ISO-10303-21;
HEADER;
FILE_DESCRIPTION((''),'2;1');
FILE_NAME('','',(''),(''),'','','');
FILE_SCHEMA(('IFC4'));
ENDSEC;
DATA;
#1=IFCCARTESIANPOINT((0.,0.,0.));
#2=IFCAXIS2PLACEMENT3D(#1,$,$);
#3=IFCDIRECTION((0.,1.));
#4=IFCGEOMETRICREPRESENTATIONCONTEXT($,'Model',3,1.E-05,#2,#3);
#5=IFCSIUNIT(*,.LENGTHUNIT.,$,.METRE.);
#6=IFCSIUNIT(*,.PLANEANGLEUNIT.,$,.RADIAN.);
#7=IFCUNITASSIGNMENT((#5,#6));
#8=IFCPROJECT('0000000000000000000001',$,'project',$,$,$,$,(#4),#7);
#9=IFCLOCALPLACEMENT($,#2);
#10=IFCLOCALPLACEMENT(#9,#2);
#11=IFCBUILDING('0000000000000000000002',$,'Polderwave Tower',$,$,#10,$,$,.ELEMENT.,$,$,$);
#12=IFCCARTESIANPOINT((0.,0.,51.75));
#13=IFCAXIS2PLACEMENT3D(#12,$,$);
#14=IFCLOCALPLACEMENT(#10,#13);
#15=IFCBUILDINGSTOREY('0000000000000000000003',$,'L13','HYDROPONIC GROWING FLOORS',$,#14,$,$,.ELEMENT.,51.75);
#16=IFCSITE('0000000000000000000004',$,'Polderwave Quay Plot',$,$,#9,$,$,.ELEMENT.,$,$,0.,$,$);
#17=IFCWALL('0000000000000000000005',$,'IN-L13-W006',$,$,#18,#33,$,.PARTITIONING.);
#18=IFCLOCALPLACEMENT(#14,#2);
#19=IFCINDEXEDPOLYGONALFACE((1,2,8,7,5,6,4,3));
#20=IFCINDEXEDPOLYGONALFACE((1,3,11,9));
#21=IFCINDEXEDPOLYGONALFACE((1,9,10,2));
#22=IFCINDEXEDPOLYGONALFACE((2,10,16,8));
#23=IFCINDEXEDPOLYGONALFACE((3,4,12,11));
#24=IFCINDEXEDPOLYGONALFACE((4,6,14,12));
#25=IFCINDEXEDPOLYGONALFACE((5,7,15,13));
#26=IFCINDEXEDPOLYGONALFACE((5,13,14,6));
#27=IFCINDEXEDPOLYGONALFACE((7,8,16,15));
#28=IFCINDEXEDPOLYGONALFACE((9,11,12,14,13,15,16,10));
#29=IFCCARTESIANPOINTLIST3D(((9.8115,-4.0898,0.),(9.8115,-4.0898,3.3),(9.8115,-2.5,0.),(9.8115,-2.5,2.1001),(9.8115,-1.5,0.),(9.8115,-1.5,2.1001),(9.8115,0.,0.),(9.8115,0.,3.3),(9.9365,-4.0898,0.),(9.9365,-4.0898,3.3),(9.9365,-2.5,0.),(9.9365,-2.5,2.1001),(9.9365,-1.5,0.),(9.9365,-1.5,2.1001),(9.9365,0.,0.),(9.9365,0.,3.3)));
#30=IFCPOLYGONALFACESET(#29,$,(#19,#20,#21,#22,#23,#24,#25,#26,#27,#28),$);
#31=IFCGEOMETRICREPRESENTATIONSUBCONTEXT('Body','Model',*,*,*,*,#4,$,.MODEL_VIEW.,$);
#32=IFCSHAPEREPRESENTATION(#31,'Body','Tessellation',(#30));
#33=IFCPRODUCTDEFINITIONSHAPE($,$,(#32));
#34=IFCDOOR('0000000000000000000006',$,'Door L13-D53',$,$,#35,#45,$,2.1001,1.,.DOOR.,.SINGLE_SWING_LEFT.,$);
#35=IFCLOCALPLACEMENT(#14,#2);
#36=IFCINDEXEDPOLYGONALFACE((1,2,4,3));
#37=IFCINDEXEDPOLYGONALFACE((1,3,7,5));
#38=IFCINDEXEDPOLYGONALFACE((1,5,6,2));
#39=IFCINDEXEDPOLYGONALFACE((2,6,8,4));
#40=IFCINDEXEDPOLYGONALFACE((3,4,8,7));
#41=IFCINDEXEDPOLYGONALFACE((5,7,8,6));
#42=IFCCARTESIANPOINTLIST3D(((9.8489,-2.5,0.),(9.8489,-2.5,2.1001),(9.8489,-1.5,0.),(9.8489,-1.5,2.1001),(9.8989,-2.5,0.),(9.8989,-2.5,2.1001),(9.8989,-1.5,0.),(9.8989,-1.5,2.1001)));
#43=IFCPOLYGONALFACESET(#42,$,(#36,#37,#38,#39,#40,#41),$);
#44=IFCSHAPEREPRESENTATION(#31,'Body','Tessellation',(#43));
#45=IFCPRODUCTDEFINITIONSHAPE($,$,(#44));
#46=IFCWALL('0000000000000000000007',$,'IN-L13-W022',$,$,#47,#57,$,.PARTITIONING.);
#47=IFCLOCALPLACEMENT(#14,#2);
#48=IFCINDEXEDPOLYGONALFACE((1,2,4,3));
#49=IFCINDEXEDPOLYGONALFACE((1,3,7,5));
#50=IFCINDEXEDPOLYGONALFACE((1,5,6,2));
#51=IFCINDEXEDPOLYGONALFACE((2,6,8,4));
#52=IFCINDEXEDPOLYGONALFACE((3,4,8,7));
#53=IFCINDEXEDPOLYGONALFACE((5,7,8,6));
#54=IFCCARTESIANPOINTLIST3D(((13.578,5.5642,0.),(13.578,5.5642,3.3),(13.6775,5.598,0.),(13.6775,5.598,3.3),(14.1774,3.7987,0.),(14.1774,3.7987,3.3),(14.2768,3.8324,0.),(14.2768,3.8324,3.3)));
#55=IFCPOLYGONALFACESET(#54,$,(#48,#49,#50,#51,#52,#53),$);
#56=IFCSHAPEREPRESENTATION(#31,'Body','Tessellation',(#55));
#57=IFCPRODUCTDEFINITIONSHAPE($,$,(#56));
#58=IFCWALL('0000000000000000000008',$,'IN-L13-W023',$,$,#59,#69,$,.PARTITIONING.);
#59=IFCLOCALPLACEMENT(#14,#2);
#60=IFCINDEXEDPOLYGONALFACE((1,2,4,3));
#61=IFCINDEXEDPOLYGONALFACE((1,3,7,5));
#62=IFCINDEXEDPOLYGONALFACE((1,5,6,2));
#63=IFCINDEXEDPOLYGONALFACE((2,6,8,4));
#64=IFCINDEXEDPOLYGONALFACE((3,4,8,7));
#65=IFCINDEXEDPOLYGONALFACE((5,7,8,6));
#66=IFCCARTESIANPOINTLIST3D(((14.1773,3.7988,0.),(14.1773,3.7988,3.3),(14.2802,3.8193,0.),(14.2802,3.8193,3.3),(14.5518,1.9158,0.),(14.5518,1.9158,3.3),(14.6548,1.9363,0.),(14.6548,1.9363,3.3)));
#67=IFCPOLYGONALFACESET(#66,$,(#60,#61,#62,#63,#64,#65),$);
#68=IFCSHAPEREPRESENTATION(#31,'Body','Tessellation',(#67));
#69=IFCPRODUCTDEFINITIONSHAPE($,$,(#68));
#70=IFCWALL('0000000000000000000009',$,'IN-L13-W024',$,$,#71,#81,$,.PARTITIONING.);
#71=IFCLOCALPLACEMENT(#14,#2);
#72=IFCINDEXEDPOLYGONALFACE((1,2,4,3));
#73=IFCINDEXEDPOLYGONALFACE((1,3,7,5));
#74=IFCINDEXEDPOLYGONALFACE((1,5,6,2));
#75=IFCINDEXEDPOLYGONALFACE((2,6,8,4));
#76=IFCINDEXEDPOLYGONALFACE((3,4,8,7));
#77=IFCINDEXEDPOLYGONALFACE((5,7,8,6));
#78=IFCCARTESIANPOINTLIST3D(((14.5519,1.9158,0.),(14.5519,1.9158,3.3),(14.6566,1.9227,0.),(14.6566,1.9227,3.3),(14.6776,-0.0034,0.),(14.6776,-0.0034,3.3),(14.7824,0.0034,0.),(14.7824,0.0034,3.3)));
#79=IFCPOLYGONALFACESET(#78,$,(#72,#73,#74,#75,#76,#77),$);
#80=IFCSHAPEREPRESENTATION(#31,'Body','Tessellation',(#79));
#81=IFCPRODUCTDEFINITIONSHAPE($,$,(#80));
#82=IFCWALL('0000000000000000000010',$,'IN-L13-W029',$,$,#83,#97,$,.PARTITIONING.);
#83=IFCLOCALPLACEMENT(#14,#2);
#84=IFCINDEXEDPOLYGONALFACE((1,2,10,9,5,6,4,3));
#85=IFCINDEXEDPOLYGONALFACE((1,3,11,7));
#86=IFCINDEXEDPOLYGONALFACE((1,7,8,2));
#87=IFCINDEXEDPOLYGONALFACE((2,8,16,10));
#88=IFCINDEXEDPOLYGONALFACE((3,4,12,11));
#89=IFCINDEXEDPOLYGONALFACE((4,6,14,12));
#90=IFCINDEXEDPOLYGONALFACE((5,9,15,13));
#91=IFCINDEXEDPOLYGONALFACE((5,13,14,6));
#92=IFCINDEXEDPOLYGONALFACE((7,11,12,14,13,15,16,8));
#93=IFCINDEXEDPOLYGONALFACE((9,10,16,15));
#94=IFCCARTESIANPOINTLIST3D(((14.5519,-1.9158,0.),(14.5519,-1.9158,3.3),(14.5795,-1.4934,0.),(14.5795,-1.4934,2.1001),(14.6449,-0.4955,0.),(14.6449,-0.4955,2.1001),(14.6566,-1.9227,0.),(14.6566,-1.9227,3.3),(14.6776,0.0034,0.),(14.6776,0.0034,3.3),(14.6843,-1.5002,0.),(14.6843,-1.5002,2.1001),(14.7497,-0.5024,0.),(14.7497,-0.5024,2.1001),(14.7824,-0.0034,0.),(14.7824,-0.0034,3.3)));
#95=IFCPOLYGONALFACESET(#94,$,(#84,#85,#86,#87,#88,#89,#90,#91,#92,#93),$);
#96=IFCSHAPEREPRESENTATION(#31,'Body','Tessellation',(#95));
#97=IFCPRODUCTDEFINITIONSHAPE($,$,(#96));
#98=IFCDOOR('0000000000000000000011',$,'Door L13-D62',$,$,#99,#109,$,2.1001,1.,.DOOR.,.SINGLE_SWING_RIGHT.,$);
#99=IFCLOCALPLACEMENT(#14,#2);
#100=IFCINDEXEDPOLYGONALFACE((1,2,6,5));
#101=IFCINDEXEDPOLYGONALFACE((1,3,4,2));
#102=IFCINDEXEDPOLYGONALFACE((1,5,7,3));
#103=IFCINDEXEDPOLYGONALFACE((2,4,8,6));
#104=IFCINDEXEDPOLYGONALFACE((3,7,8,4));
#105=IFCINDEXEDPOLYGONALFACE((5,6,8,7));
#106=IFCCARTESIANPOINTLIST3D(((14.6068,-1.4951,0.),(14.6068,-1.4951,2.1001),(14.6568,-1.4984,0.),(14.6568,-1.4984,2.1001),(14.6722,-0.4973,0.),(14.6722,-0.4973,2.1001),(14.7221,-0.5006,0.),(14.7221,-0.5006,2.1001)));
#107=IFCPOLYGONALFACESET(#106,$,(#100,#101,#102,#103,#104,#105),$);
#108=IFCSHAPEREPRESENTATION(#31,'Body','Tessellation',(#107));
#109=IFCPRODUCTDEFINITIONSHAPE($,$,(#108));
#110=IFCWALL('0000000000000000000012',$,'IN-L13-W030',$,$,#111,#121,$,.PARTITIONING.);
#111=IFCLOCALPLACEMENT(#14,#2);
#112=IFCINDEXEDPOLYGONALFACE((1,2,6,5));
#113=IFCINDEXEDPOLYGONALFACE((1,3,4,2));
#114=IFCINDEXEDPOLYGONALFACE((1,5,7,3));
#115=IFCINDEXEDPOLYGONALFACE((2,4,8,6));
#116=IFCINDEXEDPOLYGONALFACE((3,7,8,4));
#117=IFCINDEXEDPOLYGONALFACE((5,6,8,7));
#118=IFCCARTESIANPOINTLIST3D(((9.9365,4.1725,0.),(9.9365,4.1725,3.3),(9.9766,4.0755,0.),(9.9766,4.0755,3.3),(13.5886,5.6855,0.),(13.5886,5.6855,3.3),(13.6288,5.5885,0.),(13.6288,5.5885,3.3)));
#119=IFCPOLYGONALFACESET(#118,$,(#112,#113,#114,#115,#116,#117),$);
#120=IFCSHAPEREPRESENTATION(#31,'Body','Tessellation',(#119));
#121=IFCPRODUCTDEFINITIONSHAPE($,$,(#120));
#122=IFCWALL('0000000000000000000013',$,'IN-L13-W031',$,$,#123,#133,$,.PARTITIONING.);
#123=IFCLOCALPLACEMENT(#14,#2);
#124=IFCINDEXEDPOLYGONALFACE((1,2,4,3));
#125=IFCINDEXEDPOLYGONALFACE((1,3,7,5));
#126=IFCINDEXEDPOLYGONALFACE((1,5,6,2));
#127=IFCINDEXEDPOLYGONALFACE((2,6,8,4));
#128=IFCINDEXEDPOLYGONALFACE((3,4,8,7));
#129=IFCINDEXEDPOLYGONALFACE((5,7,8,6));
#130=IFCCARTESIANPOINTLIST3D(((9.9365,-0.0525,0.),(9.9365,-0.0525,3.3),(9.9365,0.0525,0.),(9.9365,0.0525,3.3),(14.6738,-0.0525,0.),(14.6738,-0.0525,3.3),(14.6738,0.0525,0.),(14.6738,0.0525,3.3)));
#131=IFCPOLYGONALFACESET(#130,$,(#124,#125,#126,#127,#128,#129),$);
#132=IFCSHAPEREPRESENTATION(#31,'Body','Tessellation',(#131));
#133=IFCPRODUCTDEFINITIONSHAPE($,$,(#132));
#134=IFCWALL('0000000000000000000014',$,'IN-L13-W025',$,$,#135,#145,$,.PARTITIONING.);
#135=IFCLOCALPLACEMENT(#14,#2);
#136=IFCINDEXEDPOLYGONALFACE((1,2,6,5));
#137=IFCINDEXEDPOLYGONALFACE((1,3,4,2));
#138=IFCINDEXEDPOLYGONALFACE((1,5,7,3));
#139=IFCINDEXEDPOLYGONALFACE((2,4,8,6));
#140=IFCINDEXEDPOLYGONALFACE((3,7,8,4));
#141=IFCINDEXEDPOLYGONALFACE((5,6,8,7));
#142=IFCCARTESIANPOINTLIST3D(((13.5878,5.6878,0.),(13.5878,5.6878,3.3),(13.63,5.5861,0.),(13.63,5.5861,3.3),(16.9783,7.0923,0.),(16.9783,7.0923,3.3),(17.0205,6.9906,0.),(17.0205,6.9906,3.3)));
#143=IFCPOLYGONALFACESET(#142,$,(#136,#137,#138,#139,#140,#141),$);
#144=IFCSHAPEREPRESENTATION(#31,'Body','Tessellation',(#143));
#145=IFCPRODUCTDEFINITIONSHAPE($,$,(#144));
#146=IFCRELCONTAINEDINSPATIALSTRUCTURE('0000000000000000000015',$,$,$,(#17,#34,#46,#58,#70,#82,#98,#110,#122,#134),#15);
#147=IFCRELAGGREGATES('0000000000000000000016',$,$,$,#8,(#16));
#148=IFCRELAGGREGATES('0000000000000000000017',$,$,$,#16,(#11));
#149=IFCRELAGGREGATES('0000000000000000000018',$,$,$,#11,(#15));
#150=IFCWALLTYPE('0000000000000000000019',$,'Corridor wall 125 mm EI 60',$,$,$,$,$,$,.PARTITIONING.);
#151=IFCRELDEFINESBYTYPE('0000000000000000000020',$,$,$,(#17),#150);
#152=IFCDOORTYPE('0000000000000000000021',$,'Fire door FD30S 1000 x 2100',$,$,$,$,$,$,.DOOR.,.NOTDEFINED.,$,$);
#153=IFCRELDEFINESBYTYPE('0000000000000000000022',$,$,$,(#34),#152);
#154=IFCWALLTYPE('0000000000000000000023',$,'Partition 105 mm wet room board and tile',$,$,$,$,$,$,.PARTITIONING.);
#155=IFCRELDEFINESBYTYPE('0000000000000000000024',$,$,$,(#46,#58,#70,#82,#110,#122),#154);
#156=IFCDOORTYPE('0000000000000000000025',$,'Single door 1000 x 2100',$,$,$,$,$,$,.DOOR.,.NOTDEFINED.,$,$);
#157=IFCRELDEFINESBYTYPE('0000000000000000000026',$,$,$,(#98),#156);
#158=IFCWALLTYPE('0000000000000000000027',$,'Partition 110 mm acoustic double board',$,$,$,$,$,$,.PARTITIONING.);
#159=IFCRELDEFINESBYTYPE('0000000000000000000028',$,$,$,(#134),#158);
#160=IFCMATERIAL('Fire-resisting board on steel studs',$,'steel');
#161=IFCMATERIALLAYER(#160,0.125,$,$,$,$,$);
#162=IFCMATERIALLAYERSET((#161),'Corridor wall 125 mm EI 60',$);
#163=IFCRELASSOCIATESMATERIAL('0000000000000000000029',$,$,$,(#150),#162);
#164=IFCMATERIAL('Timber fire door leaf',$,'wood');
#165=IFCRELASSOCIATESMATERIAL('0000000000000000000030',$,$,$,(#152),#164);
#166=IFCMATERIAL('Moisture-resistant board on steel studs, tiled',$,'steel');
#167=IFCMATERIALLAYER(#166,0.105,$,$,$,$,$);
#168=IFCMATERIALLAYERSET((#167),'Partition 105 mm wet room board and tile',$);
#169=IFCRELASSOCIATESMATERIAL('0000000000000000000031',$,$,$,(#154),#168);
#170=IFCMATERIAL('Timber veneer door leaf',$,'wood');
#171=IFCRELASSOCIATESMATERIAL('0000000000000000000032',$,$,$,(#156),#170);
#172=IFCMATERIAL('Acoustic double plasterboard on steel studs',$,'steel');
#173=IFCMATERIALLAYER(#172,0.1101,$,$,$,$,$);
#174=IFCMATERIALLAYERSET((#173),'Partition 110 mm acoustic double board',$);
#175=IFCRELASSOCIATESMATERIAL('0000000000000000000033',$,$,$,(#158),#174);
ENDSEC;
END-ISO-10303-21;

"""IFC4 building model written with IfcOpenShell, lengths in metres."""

from ifc_helpers import new_model, si_unit, direction, frame, frame_2d, origin, place, context, subcontext, project, spatial, rectangle, extrude, material, layer, layer_set, type_object, element, fill, save


model = new_model("IFC4")

# Units and contexts
model_context = context("Model", 3, precision=1e-05, world=origin(), true_north=direction((0.0, 1.0)))
body_context = subcontext(model_context, "Body", "Model", "MODEL_VIEW")
ifc_project = project(units=[si_unit("LENGTHUNIT", "METRE"), si_unit("PLANEANGLEUNIT", "RADIAN")], contexts=[model_context])

# Site, building, storey
site_placement = place(None, origin())
site = spatial("IfcSite", under=ifc_project, at=site_placement, Name="Polderwave Quay Plot", CompositionType="ELEMENT", RefElevation=0.0)
building_placement = place(site_placement, origin())
building = spatial("IfcBuilding", under=site, at=building_placement, Name="Polderwave Tower", CompositionType="ELEMENT")
storey_placement = place(building_placement, frame((0.0, 0.0, 51.75)))
storey = spatial("IfcBuildingStorey", under=building, at=storey_placement, Name="L13", Description="HYDROPONIC GROWING FLOORS", CompositionType="ELEMENT", Elevation=51.75)

# Wall, opening, door
ifc_material_1 = material(Name="Fire-resisting board on steel studs", Category="steel")
ifc_layer_1 = layer(ifc_material_1, 0.125)
ifc_layer_set_1 = layer_set([ifc_layer_1], Name="Corridor wall 125 mm EI 60")
wall_type_1 = type_object("IfcWallType", Name="Corridor wall 125 mm EI 60", PredefinedType="PARTITIONING", material=ifc_layer_set_1)
ifc_material_2 = material(Name="Timber fire door leaf", Category="wood")
door_type_1 = type_object("IfcDoorType", Name="Fire door FD30S 1000 x 2100", OperationType="NOTDEFINED", PredefinedType="DOOR", material=ifc_material_2)
wall_1_placement = place(storey_placement, frame((9.874, 0.0, 0.0), z_axis=(0.0, 0.0, 1.0), x_axis=(0.0, -1.0, 0.0)))
wall_1 = element("IfcWall", 1, at=wall_1_placement, inside=storey, type_object=wall_type_1, Name="IN-L13-W006", PredefinedType="PARTITIONING", context=body_context, shape_type="SweptSolid", body=[
    extrude(rectangle(XDim=4.0898, YDim=0.125, at=frame_2d((2.0449, 0.0))), origin(), (0.0, 0.0, 1.0), 3.3),
])
opening_1_placement = place(wall_1_placement, frame((1.5, 0.0, 0.0)))
opening_1 = element("IfcOpeningElement", 2, at=opening_1_placement, cuts=wall_1, PredefinedType="OPENING", context=body_context, shape_type="SweptSolid", body=[
    extrude(rectangle(XDim=1.0, YDim=2.1001, at=frame_2d((0.5, 1.05))), frame((0.0, 0.0725, 0.0), z_axis=(0.0, -1.0, 0.0), x_axis=(1.0, 0.0, 0.0)), (0.0, 0.0, 1.0), 0.145),
])
door_1_placement = place(opening_1_placement, origin())
door_1 = element("IfcDoor", 3, at=door_1_placement, inside=storey, type_object=door_type_1, Name="Door L13-D53", OperationType="SINGLE_SWING_LEFT", OverallHeight=2.1001, OverallWidth=1.0, PredefinedType="DOOR", context=body_context, shape_type="SweptSolid", body=[
    extrude(rectangle(XDim=1.0, YDim=2.1001, at=frame_2d((0.5, 1.05))), frame((0.0, 0.0249, 0.0), z_axis=(0.0, -1.0, 0.0), x_axis=(1.0, 0.0, 0.0)), (0.0, 0.0, 1.0), 0.05),
])
fill(opening_1, door_1)

# Walls
ifc_material_3 = material(Name="Moisture-resistant board on steel studs, tiled", Category="steel")
ifc_layer_2 = layer(ifc_material_3, 0.105)
ifc_layer_set_2 = layer_set([ifc_layer_2], Name="Partition 105 mm wet room board and tile")
wall_type_2 = type_object("IfcWallType", Name="Partition 105 mm wet room board and tile", PredefinedType="PARTITIONING", material=ifc_layer_set_2)
wall_2_placement = place(storey_placement, frame((14.2271, 3.8157, 0.0), z_axis=(0.0, 0.0, 1.0), x_axis=(-0.321447, 0.946927, 0.0)))
element("IfcWall", 4, at=wall_2_placement, inside=storey, type_object=wall_type_2, Name="IN-L13-W022", PredefinedType="PARTITIONING", context=body_context, shape_type="SweptSolid", body=[
    extrude(rectangle(XDim=1.8645, YDim=0.105, at=frame_2d((0.9321, 0.0))), origin(), (0.0, 0.0, 1.0), 3.3),
])
wall_3_placement = place(storey_placement, frame((14.6033, 1.926, 0.0), z_axis=(0.0, 0.0, 1.0), x_axis=(-0.195065, 0.98079, 0.0)))
element("IfcWall", 5, at=wall_3_placement, inside=storey, type_object=wall_type_2, Name="IN-L13-W023", PredefinedType="PARTITIONING", context=body_context, shape_type="SweptSolid", body=[
    extrude(rectangle(XDim=1.9199, YDim=0.105, at=frame_2d((0.96, 0.0))), origin(), (0.0, 0.0, 1.0), 3.3),
])
wall_4_placement = place(storey_placement, frame((14.73, 0.0, 0.0), z_axis=(0.0, 0.0, 1.0), x_axis=(-0.065373, 0.997861, 0.0)))
element("IfcWall", 6, at=wall_4_placement, inside=storey, type_object=wall_type_2, Name="IN-L13-W024", PredefinedType="PARTITIONING", context=body_context, shape_type="SweptSolid", body=[
    extrude(rectangle(XDim=1.9233, YDim=0.105, at=frame_2d((0.9617, 0.0))), origin(), (0.0, 0.0, 1.0), 3.3),
])

# Wall, opening, door
wall_5_placement = place(storey_placement, frame((14.73, 0.0, 0.0), z_axis=(0.0, 0.0, 1.0), x_axis=(-0.065373, -0.997861, 0.0)))
wall_5 = element("IfcWall", 7, at=wall_5_placement, inside=storey, type_object=wall_type_2, Name="IN-L13-W029", PredefinedType="PARTITIONING", context=body_context, shape_type="SweptSolid", body=[
    extrude(rectangle(XDim=1.9233, YDim=0.105, at=frame_2d((0.9617, 0.0))), origin(), (0.0, 0.0, 1.0), 3.3),
])
opening_2_placement = place(wall_5_placement, frame((0.5, 0.0, 0.0)))
opening_2 = element("IfcOpeningElement", 8, at=opening_2_placement, cuts=wall_5, PredefinedType="OPENING", context=body_context, shape_type="SweptSolid", body=[
    extrude(rectangle(XDim=1.0, YDim=2.1001, at=frame_2d((0.5, 1.05))), frame((0.0, 0.0625, 0.0), z_axis=(0.0, -1.0, 0.0), x_axis=(1.0, 0.0, 0.0)), (0.0, 0.0, 1.0), 0.125),
])
ifc_material_4 = material(Name="Timber veneer door leaf", Category="wood")
door_type_2 = type_object("IfcDoorType", Name="Single door 1000 x 2100", OperationType="NOTDEFINED", PredefinedType="DOOR", material=ifc_material_4)
door_2_placement = place(opening_2_placement, origin())
door_2 = element("IfcDoor", 9, at=door_2_placement, inside=storey, type_object=door_type_2, Name="Door L13-D62", OperationType="SINGLE_SWING_RIGHT", OverallHeight=2.1001, OverallWidth=1.0, PredefinedType="DOOR", context=body_context, shape_type="SweptSolid", body=[
    extrude(rectangle(XDim=1.0, YDim=2.1001, at=frame_2d((0.5, 1.05))), frame((0.0, 0.0249, 0.0), z_axis=(0.0, -1.0, 0.0), x_axis=(1.0, 0.0, 0.0)), (0.0, 0.0, 1.0), 0.05),
])
fill(opening_2, door_2)

# Walls
wall_6_placement = place(storey_placement, frame((9.9565, 4.124, 0.0), z_axis=(0.0, 0.0, 1.0), x_axis=(0.923863, 0.382725, 0.0)))
element("IfcWall", 10, at=wall_6_placement, inside=storey, type_object=wall_type_2, Name="IN-L13-W030", PredefinedType="PARTITIONING", context=body_context, shape_type="SweptSolid", body=[
    extrude(rectangle(XDim=3.9531, YDim=0.105, at=frame_2d((1.9766, 0.0))), origin(), (0.0, 0.0, 1.0), 3.3),
])
wall_7_placement = place(storey_placement, frame((14.6738, 0.0, 0.0), z_axis=(0.0, 0.0, 1.0), x_axis=(-1.0, 0.0, 0.0)))
element("IfcWall", 11, at=wall_7_placement, inside=storey, type_object=wall_type_2, Name="IN-L13-W031", PredefinedType="PARTITIONING", context=body_context, shape_type="SweptSolid", body=[
    extrude(rectangle(XDim=4.7373, YDim=0.105, at=frame_2d((2.3687, 0.0))), origin(), (0.0, 0.0, 1.0), 3.3),
])
ifc_material_5 = material(Name="Acoustic double plasterboard on steel studs", Category="steel")
ifc_layer_3 = layer(ifc_material_5, 0.1101)
ifc_layer_set_3 = layer_set([ifc_layer_3], Name="Partition 110 mm acoustic double board")
wall_type_3 = type_object("IfcWallType", Name="Partition 110 mm acoustic double board", PredefinedType="PARTITIONING", material=ifc_layer_set_3)
wall_8_placement = place(storey_placement, frame((13.6089, 5.637, 0.0), z_axis=(0.0, 0.0, 1.0), x_axis=(0.92387, 0.382706, 0.0)))
element("IfcWall", 12, at=wall_8_placement, inside=storey, type_object=wall_type_3, Name="IN-L13-W025", PredefinedType="PARTITIONING", context=body_context, shape_type="SweptSolid", body=[
    extrude(rectangle(XDim=3.6699, YDim=0.1101, at=frame_2d((1.835, 0.0))), origin(), (0.0, 0.0, 1.0), 3.3),
])

save(model, "model.ifc")
